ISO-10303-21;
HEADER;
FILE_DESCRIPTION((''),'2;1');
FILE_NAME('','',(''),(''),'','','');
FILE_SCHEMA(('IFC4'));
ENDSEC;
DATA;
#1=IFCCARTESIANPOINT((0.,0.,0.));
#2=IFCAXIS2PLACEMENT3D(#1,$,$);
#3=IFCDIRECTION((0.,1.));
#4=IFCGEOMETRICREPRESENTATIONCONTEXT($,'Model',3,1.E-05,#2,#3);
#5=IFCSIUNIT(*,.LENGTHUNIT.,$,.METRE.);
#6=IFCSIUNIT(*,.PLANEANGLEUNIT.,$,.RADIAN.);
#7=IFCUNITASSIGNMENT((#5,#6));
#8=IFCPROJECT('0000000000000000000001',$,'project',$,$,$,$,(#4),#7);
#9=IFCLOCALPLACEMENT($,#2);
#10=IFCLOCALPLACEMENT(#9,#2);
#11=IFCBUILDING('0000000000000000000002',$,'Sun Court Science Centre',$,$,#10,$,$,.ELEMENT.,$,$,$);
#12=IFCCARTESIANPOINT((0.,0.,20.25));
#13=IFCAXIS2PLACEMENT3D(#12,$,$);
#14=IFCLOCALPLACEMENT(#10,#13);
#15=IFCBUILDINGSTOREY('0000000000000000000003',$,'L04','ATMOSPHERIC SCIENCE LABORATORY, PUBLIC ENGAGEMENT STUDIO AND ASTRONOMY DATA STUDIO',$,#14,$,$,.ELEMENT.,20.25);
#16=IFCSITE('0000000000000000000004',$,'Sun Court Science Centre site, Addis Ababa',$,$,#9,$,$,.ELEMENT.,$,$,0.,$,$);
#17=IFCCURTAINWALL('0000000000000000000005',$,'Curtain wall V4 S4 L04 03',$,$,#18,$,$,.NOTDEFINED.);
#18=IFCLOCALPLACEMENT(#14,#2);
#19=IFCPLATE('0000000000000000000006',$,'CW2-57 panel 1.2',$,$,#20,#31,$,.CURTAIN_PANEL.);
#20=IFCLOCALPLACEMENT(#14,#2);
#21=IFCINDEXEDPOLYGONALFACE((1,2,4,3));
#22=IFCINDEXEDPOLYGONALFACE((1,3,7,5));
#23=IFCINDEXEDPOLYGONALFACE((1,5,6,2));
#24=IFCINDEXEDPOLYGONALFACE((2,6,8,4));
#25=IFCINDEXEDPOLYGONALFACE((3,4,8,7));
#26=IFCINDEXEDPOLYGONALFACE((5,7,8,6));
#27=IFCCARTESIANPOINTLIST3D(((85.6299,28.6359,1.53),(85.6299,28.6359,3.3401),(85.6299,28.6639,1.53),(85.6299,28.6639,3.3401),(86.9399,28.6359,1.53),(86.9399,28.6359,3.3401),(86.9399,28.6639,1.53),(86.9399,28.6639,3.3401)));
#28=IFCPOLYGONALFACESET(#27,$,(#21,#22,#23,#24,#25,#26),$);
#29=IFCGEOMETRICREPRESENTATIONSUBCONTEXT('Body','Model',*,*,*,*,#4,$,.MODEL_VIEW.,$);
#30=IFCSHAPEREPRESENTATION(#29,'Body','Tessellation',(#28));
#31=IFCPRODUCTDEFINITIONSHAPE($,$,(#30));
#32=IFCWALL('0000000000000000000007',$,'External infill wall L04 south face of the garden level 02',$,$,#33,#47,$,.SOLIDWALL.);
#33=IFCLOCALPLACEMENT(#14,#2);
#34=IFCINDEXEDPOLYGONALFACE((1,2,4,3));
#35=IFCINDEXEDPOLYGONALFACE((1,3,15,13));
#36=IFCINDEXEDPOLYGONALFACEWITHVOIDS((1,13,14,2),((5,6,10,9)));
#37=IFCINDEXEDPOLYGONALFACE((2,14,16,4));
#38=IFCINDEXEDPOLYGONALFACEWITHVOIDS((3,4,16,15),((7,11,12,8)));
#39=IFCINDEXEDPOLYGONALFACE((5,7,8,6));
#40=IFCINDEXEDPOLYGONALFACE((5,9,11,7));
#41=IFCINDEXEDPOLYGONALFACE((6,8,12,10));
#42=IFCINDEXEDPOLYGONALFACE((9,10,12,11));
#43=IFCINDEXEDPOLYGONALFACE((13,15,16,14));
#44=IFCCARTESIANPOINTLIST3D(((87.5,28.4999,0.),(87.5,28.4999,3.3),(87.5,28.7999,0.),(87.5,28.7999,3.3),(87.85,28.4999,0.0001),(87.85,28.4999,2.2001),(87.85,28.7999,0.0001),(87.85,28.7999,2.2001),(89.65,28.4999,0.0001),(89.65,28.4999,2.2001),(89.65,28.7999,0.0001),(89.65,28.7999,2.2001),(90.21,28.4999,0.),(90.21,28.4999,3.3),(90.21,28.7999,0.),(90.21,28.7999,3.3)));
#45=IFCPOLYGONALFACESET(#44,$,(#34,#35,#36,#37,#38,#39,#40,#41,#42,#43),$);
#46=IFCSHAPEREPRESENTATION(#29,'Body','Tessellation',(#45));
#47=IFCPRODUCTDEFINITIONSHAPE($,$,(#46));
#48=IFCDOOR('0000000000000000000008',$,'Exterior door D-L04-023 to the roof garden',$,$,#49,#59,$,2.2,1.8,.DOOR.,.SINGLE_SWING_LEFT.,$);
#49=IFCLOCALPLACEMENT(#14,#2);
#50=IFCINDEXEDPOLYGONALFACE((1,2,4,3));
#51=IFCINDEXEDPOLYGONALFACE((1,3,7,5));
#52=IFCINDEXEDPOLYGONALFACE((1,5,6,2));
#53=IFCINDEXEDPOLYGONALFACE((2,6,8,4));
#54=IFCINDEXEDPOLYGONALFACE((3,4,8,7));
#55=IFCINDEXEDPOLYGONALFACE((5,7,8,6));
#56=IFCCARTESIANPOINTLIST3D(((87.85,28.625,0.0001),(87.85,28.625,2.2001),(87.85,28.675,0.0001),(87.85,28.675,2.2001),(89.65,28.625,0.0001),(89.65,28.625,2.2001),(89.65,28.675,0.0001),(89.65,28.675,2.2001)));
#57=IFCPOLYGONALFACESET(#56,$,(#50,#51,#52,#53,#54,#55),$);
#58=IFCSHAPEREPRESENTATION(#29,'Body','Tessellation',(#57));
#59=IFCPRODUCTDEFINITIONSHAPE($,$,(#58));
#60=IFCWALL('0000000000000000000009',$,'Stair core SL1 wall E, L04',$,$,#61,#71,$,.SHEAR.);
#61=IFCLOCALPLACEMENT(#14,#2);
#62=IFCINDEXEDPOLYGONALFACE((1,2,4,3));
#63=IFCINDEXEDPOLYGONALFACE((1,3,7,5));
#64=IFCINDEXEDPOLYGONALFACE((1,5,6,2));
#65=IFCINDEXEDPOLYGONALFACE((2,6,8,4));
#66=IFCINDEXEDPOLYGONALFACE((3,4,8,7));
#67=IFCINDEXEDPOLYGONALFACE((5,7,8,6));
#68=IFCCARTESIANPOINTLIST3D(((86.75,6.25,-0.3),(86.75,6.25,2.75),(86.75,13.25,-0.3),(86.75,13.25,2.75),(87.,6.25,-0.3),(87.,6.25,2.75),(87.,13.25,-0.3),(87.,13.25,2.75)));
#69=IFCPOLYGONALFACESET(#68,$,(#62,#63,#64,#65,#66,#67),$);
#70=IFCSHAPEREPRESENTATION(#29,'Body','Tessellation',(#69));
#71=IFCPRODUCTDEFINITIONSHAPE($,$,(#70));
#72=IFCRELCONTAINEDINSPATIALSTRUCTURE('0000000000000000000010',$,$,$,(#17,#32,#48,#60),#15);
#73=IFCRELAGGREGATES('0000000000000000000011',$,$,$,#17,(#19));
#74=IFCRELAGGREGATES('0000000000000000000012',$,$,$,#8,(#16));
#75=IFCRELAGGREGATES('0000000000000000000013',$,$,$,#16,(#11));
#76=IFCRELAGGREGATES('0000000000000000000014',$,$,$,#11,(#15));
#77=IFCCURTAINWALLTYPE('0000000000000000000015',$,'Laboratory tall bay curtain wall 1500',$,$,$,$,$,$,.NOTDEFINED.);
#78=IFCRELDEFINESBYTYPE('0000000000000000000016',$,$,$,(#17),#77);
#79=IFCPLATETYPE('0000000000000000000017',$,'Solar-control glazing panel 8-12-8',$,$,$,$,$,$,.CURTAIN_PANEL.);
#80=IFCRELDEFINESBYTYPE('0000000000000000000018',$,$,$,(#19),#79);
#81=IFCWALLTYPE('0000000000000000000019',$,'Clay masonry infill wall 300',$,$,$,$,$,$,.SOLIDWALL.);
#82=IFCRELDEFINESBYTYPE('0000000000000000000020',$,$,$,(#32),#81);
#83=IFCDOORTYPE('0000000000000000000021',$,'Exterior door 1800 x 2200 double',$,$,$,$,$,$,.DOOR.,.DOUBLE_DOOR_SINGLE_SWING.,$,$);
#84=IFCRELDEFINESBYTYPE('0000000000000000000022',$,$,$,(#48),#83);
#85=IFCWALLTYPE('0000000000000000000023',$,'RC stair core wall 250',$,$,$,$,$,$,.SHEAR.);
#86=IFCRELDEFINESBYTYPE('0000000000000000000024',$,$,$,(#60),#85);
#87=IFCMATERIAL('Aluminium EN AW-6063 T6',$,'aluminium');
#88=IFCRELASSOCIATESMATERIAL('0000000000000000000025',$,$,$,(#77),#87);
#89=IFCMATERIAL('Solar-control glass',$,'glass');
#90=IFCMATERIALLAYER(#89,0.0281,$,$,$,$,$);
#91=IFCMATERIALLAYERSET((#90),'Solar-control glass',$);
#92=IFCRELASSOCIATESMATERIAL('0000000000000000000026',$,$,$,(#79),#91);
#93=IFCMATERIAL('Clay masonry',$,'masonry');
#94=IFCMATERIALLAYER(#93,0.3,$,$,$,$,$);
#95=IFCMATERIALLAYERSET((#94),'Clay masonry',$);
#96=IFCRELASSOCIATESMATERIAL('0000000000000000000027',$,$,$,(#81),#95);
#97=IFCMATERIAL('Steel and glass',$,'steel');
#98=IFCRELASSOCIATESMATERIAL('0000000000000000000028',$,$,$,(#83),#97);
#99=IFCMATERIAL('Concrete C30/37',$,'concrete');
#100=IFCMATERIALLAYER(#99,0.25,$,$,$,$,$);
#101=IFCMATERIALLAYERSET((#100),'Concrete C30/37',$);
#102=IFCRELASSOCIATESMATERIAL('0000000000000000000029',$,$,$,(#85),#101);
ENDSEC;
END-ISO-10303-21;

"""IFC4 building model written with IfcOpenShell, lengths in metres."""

from ifc_helpers import new_model, si_unit, direction, frame, frame_2d, origin, origin_2d, place, context, subcontext, project, spatial, rectangle, extrude, material, layer, layer_set, type_object, element, fill, aggregate, save


model = new_model("IFC4")

# Units and contexts
model_context = context("Model", 3, precision=1e-05, world=origin(), true_north=direction((0.0, 1.0)))
body_context = subcontext(model_context, "Body", "Model", "MODEL_VIEW")
ifc_project = project(units=[si_unit("LENGTHUNIT", "METRE"), si_unit("PLANEANGLEUNIT", "RADIAN")], contexts=[model_context])

# Site, building, storey
site_placement = place(None, origin())
site = spatial("IfcSite", under=ifc_project, at=site_placement, Name="Sun Court Science Centre site, Addis Ababa", CompositionType="ELEMENT", RefElevation=0.0)
building_placement = place(site_placement, origin())
building = spatial("IfcBuilding", under=site, at=building_placement, Name="Sun Court Science Centre", CompositionType="ELEMENT")
storey_placement = place(building_placement, frame((0.0, 0.0, 20.25)))
storey = spatial("IfcBuildingStorey", under=building, at=storey_placement, Name="L04", Description="ATMOSPHERIC SCIENCE LABORATORY, PUBLIC ENGAGEMENT STUDIO AND ASTRONOMY DATA STUDIO", CompositionType="ELEMENT", Elevation=20.25)

# Shared definitions
ifc_material_1 = material(Name="Aluminium EN AW-6063 T6", Category="aluminium")
curtain_wall_type = type_object("IfcCurtainWallType", Name="Laboratory tall bay curtain wall 1500", PredefinedType="NOTDEFINED", material=ifc_material_1)

# Curtain wall
curtain_wall_1_placement = place(storey_placement, origin())
curtain_wall_1 = element("IfcCurtainWall", 1, at=curtain_wall_1_placement, inside=storey, type_object=curtain_wall_type, Name="Curtain wall V4 S4 L04 03", PredefinedType="NOTDEFINED")

# Plate
ifc_material_2 = material(Name="Solar-control glass", Category="glass")
ifc_layer_1 = layer(ifc_material_2, 0.0281)
ifc_layer_set_1 = layer_set([ifc_layer_1], Name="Solar-control glass")
plate_type = type_object("IfcPlateType", Name="Solar-control glazing panel 8-12-8", PredefinedType="CURTAIN_PANEL", material=ifc_layer_set_1)
plate_1_placement = place(storey_placement, frame((86.2849, 28.6499, 1.53), z_axis=(0.0, 0.0, 1.0), x_axis=(-1.0, 0.0, 0.0)))
plate_1 = element("IfcPlate", 2, at=plate_1_placement, type_object=plate_type, Name="CW2-57 panel 1.2", PredefinedType="CURTAIN_PANEL", context=body_context, shape_type="SweptSolid", body=[
    extrude(rectangle(XDim=1.3101, YDim=0.0281, at=origin_2d()), origin(), (0.0, 0.0, 1.0), 1.8101),
])
aggregate(curtain_wall_1, [plate_1])

# Wall, opening, door
ifc_material_3 = material(Name="Clay masonry", Category="masonry")
ifc_layer_2 = layer(ifc_material_3, 0.3)
ifc_layer_set_2 = layer_set([ifc_layer_2], Name="Clay masonry")
wall_type_1 = type_object("IfcWallType", Name="Clay masonry infill wall 300", PredefinedType="SOLIDWALL", material=ifc_layer_set_2)
wall_1_placement = place(storey_placement, frame((90.21, 28.6499, 0.0), z_axis=(0.0, 0.0, 1.0), x_axis=(-1.0, 0.0, 0.0)))
wall_1 = element("IfcWall", 3, at=wall_1_placement, inside=storey, type_object=wall_type_1, Name="External infill wall L04 south face of the garden level 02", PredefinedType="SOLIDWALL", context=body_context, shape_type="SweptSolid", body=[
    extrude(rectangle(XDim=2.71, YDim=0.3, at=frame_2d((1.355, 0.0))), origin(), (0.0, 0.0, 1.0), 3.3),
])
opening_placement = place(wall_1_placement, frame((0.5601, 0.0, 0.0)))
opening = element("IfcOpeningElement", 4, at=opening_placement, cuts=wall_1, PredefinedType="OPENING", context=body_context, shape_type="SweptSolid", body=[
    extrude(rectangle(XDim=1.8, YDim=2.2, at=frame_2d((0.8999, 1.1001))), frame((0.0, 0.1599, 0.0), z_axis=(0.0, -1.0, 0.0), x_axis=(1.0, 0.0, 0.0)), (0.0, 0.0, 1.0), 0.3201),
])
ifc_material_4 = material(Name="Steel and glass", Category="steel")
door_type = type_object("IfcDoorType", Name="Exterior door 1800 x 2200 double", OperationType="DOUBLE_DOOR_SINGLE_SWING", PredefinedType="DOOR", material=ifc_material_4)
door_placement = place(opening_placement, origin())
door = element("IfcDoor", 5, at=door_placement, inside=storey, type_object=door_type, Name="Exterior door D-L04-023 to the roof garden", OperationType="SINGLE_SWING_LEFT", OverallHeight=2.2, OverallWidth=1.8, PredefinedType="DOOR", context=body_context, shape_type="SweptSolid", body=[
    extrude(rectangle(XDim=1.8, YDim=2.2, at=frame_2d((0.8999, 1.1001))), frame((0.0, 0.0249, 0.0), z_axis=(0.0, -1.0, 0.0), x_axis=(1.0, 0.0, 0.0)), (0.0, 0.0, 1.0), 0.05),
])
fill(opening, door)

# Wall
ifc_material_5 = material(Name="Concrete C30/37", Category="concrete")
ifc_layer_3 = layer(ifc_material_5, 0.25)
ifc_layer_set_3 = layer_set([ifc_layer_3], Name="Concrete C30/37")
wall_type_2 = type_object("IfcWallType", Name="RC stair core wall 250", PredefinedType="SHEAR", material=ifc_layer_set_3)
wall_2_placement = place(storey_placement, frame((86.875, 6.25, -0.3), z_axis=(0.0, 0.0, 1.0), x_axis=(0.0, 1.0, 0.0)))
element("IfcWall", 6, at=wall_2_placement, inside=storey, type_object=wall_type_2, Name="Stair core SL1 wall E, L04", PredefinedType="SHEAR", context=body_context, shape_type="SweptSolid", body=[
    extrude(rectangle(XDim=7.0, YDim=0.25, at=frame_2d((3.5, 0.0))), origin(), (0.0, 0.0, 1.0), 3.05),
])

save(model, "model.ifc")
